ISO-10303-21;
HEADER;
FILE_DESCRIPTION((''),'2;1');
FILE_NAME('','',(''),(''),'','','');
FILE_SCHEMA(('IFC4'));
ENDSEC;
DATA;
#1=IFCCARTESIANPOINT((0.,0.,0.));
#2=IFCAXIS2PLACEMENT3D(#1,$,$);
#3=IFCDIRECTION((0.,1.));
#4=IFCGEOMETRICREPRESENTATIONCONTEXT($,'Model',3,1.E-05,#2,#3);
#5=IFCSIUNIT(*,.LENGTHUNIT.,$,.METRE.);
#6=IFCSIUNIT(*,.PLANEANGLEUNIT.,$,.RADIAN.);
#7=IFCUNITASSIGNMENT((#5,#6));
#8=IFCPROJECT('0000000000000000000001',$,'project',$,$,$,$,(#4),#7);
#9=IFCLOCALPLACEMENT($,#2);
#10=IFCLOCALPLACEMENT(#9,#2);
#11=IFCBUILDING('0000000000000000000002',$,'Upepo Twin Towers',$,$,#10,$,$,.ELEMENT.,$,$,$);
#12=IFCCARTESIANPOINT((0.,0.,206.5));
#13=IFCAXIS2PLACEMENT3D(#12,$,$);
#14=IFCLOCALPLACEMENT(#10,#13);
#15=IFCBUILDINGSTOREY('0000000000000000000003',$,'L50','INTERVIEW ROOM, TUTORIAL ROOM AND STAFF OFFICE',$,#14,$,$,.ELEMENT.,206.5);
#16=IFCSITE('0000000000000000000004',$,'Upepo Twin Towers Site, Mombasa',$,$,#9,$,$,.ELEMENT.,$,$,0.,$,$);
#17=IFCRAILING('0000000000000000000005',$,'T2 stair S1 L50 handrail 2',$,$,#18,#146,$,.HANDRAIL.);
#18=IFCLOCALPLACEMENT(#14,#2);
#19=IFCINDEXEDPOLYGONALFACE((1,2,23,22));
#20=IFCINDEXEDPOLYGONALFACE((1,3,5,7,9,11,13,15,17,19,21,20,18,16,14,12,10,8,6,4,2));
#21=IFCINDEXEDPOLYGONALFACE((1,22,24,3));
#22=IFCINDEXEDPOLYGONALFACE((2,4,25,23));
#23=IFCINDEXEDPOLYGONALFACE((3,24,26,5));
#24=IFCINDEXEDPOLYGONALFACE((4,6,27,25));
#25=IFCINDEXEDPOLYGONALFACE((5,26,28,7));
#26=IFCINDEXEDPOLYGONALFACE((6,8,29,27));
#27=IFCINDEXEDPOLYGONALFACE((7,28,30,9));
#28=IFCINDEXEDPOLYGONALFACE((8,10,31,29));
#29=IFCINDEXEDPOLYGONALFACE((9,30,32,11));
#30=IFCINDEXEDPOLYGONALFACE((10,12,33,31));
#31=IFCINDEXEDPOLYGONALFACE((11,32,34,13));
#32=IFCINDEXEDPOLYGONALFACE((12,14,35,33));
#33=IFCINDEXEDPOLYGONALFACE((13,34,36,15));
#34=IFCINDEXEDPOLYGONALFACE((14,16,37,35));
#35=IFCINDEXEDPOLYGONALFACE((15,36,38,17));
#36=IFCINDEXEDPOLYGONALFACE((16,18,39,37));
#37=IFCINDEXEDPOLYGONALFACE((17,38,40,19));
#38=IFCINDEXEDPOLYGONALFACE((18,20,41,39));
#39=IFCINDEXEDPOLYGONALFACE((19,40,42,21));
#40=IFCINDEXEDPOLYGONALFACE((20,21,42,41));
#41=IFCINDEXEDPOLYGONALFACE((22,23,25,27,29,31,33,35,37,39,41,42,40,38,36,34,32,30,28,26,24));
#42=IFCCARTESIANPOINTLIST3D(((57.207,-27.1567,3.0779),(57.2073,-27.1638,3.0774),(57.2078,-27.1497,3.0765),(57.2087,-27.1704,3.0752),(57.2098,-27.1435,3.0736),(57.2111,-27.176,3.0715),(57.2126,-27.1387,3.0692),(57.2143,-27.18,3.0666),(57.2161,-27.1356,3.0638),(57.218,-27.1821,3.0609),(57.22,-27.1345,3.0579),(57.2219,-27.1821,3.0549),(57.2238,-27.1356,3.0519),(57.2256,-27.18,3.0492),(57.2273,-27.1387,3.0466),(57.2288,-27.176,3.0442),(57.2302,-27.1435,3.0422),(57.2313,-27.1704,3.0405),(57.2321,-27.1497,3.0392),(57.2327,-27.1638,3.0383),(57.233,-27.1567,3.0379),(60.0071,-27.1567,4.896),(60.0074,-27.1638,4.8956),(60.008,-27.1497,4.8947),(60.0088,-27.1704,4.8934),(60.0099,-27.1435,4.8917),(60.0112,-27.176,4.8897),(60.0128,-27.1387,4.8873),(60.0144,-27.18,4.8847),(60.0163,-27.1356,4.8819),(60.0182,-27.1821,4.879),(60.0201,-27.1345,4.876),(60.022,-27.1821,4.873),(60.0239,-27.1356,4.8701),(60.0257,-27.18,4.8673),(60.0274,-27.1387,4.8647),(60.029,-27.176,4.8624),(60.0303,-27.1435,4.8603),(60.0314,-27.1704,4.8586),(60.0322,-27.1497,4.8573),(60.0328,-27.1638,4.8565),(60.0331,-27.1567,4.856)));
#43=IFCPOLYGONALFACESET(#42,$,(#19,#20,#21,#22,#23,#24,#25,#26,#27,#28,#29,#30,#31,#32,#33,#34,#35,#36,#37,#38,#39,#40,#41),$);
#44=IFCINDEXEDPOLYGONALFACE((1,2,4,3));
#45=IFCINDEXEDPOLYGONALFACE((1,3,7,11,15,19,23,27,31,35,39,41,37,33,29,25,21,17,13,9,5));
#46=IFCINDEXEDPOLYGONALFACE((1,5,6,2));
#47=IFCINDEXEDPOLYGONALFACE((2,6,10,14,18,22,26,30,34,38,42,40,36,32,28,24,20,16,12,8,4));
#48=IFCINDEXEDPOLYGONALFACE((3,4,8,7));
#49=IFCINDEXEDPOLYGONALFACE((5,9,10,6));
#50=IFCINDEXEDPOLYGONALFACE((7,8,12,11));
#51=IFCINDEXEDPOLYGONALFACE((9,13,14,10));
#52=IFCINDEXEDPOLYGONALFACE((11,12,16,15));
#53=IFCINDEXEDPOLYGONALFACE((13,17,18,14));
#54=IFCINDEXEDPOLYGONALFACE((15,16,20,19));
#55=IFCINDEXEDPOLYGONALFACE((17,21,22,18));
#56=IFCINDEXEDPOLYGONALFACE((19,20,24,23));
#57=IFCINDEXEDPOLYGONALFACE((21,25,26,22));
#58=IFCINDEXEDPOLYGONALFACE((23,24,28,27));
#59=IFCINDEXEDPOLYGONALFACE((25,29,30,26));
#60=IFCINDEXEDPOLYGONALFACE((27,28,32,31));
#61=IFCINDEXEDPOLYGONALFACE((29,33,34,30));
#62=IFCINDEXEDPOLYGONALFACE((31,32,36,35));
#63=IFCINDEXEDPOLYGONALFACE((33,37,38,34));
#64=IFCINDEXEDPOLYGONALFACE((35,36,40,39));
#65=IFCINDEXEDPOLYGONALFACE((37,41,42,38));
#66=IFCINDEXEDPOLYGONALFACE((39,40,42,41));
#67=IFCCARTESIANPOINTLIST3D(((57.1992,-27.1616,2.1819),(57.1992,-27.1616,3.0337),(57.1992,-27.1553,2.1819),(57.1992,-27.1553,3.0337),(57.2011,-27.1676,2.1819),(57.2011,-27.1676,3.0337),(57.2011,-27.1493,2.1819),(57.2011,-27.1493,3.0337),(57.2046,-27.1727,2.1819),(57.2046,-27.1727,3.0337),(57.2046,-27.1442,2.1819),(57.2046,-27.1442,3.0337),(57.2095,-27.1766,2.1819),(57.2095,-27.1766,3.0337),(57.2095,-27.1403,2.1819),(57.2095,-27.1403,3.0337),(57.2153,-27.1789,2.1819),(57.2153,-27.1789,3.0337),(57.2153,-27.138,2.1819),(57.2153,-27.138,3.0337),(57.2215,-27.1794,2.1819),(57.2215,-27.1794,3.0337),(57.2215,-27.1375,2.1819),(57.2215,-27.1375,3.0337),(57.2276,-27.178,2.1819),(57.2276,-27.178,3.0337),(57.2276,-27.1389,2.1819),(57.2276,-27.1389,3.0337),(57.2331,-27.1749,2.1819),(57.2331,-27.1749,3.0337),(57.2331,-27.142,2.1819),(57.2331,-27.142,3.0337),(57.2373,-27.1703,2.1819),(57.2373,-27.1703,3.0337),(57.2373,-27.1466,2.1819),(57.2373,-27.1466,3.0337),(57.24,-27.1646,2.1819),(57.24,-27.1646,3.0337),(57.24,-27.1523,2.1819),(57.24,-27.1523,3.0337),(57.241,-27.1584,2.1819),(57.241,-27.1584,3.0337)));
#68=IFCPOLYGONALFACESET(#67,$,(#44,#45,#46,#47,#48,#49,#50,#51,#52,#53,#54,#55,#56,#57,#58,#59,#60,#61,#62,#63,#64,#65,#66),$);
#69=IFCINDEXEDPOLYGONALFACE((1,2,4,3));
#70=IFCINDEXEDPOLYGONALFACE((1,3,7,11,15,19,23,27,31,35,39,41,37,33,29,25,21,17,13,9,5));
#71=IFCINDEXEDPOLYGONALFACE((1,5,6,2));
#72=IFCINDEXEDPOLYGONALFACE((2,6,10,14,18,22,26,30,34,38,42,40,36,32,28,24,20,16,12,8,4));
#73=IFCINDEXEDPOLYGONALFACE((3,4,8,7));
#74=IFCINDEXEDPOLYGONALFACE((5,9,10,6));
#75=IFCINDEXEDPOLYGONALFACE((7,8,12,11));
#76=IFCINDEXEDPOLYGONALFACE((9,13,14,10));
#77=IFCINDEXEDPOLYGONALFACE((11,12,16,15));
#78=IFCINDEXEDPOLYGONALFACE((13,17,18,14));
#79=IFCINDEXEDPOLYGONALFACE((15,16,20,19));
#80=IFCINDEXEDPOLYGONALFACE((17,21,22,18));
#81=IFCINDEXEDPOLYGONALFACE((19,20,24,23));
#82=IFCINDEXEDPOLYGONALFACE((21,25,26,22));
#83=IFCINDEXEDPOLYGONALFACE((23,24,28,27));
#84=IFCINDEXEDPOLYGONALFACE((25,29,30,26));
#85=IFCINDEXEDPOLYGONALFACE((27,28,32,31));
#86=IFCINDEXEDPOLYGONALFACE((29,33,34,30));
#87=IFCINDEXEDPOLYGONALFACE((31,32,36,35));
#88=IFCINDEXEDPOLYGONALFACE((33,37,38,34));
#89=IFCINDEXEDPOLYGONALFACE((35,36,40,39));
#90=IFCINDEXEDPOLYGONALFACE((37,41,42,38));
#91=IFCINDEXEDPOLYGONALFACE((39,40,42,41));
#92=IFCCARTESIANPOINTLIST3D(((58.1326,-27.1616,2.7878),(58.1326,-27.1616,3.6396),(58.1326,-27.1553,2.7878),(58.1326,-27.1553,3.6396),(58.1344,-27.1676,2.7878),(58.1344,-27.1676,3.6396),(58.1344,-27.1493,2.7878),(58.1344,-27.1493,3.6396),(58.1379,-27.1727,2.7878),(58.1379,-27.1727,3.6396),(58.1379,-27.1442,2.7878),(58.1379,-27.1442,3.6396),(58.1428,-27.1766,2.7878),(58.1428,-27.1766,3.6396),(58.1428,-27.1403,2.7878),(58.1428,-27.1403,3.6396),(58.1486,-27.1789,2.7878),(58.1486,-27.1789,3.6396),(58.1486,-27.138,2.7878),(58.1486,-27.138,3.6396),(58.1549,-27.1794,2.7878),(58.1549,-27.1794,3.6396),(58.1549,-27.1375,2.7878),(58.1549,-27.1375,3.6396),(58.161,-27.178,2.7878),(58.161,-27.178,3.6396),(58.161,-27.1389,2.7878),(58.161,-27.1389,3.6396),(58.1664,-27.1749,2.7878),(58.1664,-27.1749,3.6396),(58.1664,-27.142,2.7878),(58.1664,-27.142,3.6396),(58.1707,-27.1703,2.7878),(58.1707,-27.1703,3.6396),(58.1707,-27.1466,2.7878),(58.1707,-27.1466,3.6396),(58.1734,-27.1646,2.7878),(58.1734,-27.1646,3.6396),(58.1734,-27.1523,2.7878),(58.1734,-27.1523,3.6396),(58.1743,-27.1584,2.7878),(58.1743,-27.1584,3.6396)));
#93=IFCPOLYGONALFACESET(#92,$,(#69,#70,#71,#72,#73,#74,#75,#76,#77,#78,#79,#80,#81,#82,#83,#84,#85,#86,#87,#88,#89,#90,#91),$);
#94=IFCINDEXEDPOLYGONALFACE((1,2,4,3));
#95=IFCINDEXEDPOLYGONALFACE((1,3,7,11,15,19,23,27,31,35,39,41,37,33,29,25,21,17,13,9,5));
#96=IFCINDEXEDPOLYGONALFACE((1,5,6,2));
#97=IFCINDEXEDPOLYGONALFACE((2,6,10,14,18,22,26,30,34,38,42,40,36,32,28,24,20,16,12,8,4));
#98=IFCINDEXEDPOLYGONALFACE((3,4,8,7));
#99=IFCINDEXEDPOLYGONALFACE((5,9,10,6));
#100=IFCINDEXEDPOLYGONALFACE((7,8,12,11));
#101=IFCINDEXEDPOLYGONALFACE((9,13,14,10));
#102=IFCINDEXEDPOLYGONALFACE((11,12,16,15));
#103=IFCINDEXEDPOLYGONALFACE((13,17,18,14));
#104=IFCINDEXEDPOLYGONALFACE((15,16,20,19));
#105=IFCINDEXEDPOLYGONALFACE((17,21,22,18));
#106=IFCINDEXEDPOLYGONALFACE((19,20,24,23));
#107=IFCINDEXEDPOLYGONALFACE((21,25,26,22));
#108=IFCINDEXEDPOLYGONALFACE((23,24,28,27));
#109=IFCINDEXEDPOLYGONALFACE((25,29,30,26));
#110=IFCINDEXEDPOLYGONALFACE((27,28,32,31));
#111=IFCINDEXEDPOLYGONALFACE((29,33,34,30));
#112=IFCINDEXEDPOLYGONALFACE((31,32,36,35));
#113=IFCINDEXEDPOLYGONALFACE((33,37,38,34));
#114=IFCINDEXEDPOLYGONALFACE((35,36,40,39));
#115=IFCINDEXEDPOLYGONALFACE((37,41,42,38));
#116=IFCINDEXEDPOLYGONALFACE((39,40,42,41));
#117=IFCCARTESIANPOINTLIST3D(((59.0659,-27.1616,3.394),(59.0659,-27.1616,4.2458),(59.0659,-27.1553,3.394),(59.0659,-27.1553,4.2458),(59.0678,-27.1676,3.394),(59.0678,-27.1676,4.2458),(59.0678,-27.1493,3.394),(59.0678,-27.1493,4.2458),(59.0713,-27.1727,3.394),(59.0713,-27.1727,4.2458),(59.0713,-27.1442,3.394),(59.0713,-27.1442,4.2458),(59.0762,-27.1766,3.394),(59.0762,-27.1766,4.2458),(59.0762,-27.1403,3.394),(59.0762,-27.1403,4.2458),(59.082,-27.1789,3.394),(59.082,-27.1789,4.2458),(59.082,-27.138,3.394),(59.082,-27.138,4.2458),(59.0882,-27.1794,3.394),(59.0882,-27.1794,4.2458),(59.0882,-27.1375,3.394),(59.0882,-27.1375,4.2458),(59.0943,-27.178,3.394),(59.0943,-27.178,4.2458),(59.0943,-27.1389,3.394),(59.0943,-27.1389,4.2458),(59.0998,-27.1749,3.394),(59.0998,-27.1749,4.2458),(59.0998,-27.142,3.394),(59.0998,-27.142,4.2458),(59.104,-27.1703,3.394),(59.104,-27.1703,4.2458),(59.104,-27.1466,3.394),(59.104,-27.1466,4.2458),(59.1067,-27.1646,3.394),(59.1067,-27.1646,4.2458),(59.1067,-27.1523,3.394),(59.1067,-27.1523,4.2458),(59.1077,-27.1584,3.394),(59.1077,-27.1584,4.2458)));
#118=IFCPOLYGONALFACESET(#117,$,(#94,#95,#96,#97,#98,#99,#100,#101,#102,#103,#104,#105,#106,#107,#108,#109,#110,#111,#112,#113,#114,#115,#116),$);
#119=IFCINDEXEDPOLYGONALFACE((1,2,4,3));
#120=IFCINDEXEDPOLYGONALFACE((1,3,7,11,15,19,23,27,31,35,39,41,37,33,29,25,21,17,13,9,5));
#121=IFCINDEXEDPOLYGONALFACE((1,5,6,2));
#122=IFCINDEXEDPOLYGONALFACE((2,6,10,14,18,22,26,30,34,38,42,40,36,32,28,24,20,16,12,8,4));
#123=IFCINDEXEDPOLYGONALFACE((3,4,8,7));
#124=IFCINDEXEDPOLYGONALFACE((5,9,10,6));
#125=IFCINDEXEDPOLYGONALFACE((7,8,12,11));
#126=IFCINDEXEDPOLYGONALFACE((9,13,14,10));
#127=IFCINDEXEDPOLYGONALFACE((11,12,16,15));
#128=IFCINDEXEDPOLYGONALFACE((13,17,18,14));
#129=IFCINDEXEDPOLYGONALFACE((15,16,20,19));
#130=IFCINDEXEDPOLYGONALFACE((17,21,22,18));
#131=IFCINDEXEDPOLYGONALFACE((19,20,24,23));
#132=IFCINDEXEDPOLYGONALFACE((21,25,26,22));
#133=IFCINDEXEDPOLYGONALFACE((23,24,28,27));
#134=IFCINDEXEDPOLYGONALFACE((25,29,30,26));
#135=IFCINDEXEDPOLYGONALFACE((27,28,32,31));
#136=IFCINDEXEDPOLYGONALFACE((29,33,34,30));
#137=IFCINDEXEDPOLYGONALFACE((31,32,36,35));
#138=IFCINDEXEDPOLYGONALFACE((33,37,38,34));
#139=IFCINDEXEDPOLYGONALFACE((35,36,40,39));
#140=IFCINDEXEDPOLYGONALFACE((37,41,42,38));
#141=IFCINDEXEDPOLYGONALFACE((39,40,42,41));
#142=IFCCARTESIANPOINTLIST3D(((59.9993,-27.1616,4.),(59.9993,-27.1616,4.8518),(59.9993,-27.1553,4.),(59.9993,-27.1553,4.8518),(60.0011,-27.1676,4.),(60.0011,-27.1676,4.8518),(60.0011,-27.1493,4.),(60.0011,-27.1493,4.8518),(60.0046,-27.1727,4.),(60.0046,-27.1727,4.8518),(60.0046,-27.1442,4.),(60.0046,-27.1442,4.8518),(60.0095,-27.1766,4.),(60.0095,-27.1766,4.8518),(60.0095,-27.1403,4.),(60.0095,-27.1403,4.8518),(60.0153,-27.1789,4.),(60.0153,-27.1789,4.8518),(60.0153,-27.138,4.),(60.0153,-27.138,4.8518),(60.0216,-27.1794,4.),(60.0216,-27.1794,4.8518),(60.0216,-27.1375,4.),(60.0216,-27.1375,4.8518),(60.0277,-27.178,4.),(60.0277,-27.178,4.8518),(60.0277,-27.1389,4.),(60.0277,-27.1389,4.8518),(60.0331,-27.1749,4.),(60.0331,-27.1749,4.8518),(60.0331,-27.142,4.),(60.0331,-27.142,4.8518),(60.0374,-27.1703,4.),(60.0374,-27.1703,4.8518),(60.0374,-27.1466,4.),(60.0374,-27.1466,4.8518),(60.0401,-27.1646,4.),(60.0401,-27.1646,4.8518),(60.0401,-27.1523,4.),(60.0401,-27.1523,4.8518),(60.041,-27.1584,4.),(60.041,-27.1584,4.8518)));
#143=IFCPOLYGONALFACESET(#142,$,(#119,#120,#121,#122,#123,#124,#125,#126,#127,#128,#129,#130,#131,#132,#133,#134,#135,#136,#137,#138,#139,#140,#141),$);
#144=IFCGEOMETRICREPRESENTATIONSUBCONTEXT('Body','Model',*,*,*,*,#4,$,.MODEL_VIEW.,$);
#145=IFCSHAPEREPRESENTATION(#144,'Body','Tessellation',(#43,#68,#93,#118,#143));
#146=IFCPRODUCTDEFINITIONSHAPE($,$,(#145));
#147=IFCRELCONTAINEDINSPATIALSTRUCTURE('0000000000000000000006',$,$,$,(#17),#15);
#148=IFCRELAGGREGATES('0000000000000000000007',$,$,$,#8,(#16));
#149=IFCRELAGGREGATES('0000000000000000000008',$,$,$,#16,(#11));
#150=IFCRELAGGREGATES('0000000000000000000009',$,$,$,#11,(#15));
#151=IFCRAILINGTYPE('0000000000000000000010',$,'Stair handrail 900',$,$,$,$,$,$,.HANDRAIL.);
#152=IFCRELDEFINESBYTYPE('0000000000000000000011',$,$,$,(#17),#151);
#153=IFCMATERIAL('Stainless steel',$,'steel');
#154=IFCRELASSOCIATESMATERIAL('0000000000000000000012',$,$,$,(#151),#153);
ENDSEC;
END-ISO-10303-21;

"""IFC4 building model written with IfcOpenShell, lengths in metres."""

from ifc_helpers import new_model, si_unit, direction, frame, origin, origin_2d, place, context, subcontext, project, spatial, circle, extrude, material, type_object, element, save


model = new_model("IFC4")

# Units and contexts
model_context = context("Model", 3, precision=1e-05, world=origin(), true_north=direction((0.0, 1.0)))
body_context = subcontext(model_context, "Body", "Model", "MODEL_VIEW")
ifc_project = project(units=[si_unit("LENGTHUNIT", "METRE"), si_unit("PLANEANGLEUNIT", "RADIAN")], contexts=[model_context])

# Site, building, storey
site_placement = place(None, origin())
site = spatial("IfcSite", under=ifc_project, at=site_placement, Name="Upepo Twin Towers Site, Mombasa", CompositionType="ELEMENT", RefElevation=0.0)
building_placement = place(site_placement, origin())
building = spatial("IfcBuilding", under=site, at=building_placement, Name="Upepo Twin Towers", CompositionType="ELEMENT")
storey_placement = place(building_placement, frame((0.0, 0.0, 206.5)))
storey = spatial("IfcBuildingStorey", under=building, at=storey_placement, Name="L50", Description="INTERVIEW ROOM, TUTORIAL ROOM AND STAFF OFFICE", CompositionType="ELEMENT", Elevation=206.5)

# Railing
ifc_material_1 = material(Name="Stainless steel", Category="steel")
railing_type = type_object("IfcRailingType", Name="Stair handrail 900", PredefinedType="HANDRAIL", material=ifc_material_1)
railing_1_placement = place(storey_placement, frame((57.22, -27.1584, 2.1819)))
element("IfcRailing", 1, at=railing_1_placement, inside=storey, type_object=railing_type, Name="T2 stair S1 L50 handrail 2", PredefinedType="HANDRAIL", context=body_context, shape_type="SweptSolid", body=[
    extrude(circle(Radius=0.0239, at=origin_2d()), frame((0.0, 0.0, 0.876), z_axis=(0.838706, 0.0, 0.544585), x_axis=(0.0, 1.0, 0.0)), (0.0, 0.0, 1.0), 3.3386),
    extrude(circle(Radius=0.021, at=origin_2d()), origin(), (0.0, 0.0, 1.0), 0.8518),
    extrude(circle(Radius=0.021, at=origin_2d()), frame((0.9333, 0.0, 0.606)), (0.0, 0.0, 1.0), 0.8518),
    extrude(circle(Radius=0.021, at=origin_2d()), frame((1.8667, 0.0, 1.2122)), (0.0, 0.0, 1.0), 0.8518),
    extrude(circle(Radius=0.021, at=origin_2d()), frame((2.8, 0.0, 1.8181)), (0.0, 0.0, 1.0), 0.8518),
])

save(model, "model.ifc")
